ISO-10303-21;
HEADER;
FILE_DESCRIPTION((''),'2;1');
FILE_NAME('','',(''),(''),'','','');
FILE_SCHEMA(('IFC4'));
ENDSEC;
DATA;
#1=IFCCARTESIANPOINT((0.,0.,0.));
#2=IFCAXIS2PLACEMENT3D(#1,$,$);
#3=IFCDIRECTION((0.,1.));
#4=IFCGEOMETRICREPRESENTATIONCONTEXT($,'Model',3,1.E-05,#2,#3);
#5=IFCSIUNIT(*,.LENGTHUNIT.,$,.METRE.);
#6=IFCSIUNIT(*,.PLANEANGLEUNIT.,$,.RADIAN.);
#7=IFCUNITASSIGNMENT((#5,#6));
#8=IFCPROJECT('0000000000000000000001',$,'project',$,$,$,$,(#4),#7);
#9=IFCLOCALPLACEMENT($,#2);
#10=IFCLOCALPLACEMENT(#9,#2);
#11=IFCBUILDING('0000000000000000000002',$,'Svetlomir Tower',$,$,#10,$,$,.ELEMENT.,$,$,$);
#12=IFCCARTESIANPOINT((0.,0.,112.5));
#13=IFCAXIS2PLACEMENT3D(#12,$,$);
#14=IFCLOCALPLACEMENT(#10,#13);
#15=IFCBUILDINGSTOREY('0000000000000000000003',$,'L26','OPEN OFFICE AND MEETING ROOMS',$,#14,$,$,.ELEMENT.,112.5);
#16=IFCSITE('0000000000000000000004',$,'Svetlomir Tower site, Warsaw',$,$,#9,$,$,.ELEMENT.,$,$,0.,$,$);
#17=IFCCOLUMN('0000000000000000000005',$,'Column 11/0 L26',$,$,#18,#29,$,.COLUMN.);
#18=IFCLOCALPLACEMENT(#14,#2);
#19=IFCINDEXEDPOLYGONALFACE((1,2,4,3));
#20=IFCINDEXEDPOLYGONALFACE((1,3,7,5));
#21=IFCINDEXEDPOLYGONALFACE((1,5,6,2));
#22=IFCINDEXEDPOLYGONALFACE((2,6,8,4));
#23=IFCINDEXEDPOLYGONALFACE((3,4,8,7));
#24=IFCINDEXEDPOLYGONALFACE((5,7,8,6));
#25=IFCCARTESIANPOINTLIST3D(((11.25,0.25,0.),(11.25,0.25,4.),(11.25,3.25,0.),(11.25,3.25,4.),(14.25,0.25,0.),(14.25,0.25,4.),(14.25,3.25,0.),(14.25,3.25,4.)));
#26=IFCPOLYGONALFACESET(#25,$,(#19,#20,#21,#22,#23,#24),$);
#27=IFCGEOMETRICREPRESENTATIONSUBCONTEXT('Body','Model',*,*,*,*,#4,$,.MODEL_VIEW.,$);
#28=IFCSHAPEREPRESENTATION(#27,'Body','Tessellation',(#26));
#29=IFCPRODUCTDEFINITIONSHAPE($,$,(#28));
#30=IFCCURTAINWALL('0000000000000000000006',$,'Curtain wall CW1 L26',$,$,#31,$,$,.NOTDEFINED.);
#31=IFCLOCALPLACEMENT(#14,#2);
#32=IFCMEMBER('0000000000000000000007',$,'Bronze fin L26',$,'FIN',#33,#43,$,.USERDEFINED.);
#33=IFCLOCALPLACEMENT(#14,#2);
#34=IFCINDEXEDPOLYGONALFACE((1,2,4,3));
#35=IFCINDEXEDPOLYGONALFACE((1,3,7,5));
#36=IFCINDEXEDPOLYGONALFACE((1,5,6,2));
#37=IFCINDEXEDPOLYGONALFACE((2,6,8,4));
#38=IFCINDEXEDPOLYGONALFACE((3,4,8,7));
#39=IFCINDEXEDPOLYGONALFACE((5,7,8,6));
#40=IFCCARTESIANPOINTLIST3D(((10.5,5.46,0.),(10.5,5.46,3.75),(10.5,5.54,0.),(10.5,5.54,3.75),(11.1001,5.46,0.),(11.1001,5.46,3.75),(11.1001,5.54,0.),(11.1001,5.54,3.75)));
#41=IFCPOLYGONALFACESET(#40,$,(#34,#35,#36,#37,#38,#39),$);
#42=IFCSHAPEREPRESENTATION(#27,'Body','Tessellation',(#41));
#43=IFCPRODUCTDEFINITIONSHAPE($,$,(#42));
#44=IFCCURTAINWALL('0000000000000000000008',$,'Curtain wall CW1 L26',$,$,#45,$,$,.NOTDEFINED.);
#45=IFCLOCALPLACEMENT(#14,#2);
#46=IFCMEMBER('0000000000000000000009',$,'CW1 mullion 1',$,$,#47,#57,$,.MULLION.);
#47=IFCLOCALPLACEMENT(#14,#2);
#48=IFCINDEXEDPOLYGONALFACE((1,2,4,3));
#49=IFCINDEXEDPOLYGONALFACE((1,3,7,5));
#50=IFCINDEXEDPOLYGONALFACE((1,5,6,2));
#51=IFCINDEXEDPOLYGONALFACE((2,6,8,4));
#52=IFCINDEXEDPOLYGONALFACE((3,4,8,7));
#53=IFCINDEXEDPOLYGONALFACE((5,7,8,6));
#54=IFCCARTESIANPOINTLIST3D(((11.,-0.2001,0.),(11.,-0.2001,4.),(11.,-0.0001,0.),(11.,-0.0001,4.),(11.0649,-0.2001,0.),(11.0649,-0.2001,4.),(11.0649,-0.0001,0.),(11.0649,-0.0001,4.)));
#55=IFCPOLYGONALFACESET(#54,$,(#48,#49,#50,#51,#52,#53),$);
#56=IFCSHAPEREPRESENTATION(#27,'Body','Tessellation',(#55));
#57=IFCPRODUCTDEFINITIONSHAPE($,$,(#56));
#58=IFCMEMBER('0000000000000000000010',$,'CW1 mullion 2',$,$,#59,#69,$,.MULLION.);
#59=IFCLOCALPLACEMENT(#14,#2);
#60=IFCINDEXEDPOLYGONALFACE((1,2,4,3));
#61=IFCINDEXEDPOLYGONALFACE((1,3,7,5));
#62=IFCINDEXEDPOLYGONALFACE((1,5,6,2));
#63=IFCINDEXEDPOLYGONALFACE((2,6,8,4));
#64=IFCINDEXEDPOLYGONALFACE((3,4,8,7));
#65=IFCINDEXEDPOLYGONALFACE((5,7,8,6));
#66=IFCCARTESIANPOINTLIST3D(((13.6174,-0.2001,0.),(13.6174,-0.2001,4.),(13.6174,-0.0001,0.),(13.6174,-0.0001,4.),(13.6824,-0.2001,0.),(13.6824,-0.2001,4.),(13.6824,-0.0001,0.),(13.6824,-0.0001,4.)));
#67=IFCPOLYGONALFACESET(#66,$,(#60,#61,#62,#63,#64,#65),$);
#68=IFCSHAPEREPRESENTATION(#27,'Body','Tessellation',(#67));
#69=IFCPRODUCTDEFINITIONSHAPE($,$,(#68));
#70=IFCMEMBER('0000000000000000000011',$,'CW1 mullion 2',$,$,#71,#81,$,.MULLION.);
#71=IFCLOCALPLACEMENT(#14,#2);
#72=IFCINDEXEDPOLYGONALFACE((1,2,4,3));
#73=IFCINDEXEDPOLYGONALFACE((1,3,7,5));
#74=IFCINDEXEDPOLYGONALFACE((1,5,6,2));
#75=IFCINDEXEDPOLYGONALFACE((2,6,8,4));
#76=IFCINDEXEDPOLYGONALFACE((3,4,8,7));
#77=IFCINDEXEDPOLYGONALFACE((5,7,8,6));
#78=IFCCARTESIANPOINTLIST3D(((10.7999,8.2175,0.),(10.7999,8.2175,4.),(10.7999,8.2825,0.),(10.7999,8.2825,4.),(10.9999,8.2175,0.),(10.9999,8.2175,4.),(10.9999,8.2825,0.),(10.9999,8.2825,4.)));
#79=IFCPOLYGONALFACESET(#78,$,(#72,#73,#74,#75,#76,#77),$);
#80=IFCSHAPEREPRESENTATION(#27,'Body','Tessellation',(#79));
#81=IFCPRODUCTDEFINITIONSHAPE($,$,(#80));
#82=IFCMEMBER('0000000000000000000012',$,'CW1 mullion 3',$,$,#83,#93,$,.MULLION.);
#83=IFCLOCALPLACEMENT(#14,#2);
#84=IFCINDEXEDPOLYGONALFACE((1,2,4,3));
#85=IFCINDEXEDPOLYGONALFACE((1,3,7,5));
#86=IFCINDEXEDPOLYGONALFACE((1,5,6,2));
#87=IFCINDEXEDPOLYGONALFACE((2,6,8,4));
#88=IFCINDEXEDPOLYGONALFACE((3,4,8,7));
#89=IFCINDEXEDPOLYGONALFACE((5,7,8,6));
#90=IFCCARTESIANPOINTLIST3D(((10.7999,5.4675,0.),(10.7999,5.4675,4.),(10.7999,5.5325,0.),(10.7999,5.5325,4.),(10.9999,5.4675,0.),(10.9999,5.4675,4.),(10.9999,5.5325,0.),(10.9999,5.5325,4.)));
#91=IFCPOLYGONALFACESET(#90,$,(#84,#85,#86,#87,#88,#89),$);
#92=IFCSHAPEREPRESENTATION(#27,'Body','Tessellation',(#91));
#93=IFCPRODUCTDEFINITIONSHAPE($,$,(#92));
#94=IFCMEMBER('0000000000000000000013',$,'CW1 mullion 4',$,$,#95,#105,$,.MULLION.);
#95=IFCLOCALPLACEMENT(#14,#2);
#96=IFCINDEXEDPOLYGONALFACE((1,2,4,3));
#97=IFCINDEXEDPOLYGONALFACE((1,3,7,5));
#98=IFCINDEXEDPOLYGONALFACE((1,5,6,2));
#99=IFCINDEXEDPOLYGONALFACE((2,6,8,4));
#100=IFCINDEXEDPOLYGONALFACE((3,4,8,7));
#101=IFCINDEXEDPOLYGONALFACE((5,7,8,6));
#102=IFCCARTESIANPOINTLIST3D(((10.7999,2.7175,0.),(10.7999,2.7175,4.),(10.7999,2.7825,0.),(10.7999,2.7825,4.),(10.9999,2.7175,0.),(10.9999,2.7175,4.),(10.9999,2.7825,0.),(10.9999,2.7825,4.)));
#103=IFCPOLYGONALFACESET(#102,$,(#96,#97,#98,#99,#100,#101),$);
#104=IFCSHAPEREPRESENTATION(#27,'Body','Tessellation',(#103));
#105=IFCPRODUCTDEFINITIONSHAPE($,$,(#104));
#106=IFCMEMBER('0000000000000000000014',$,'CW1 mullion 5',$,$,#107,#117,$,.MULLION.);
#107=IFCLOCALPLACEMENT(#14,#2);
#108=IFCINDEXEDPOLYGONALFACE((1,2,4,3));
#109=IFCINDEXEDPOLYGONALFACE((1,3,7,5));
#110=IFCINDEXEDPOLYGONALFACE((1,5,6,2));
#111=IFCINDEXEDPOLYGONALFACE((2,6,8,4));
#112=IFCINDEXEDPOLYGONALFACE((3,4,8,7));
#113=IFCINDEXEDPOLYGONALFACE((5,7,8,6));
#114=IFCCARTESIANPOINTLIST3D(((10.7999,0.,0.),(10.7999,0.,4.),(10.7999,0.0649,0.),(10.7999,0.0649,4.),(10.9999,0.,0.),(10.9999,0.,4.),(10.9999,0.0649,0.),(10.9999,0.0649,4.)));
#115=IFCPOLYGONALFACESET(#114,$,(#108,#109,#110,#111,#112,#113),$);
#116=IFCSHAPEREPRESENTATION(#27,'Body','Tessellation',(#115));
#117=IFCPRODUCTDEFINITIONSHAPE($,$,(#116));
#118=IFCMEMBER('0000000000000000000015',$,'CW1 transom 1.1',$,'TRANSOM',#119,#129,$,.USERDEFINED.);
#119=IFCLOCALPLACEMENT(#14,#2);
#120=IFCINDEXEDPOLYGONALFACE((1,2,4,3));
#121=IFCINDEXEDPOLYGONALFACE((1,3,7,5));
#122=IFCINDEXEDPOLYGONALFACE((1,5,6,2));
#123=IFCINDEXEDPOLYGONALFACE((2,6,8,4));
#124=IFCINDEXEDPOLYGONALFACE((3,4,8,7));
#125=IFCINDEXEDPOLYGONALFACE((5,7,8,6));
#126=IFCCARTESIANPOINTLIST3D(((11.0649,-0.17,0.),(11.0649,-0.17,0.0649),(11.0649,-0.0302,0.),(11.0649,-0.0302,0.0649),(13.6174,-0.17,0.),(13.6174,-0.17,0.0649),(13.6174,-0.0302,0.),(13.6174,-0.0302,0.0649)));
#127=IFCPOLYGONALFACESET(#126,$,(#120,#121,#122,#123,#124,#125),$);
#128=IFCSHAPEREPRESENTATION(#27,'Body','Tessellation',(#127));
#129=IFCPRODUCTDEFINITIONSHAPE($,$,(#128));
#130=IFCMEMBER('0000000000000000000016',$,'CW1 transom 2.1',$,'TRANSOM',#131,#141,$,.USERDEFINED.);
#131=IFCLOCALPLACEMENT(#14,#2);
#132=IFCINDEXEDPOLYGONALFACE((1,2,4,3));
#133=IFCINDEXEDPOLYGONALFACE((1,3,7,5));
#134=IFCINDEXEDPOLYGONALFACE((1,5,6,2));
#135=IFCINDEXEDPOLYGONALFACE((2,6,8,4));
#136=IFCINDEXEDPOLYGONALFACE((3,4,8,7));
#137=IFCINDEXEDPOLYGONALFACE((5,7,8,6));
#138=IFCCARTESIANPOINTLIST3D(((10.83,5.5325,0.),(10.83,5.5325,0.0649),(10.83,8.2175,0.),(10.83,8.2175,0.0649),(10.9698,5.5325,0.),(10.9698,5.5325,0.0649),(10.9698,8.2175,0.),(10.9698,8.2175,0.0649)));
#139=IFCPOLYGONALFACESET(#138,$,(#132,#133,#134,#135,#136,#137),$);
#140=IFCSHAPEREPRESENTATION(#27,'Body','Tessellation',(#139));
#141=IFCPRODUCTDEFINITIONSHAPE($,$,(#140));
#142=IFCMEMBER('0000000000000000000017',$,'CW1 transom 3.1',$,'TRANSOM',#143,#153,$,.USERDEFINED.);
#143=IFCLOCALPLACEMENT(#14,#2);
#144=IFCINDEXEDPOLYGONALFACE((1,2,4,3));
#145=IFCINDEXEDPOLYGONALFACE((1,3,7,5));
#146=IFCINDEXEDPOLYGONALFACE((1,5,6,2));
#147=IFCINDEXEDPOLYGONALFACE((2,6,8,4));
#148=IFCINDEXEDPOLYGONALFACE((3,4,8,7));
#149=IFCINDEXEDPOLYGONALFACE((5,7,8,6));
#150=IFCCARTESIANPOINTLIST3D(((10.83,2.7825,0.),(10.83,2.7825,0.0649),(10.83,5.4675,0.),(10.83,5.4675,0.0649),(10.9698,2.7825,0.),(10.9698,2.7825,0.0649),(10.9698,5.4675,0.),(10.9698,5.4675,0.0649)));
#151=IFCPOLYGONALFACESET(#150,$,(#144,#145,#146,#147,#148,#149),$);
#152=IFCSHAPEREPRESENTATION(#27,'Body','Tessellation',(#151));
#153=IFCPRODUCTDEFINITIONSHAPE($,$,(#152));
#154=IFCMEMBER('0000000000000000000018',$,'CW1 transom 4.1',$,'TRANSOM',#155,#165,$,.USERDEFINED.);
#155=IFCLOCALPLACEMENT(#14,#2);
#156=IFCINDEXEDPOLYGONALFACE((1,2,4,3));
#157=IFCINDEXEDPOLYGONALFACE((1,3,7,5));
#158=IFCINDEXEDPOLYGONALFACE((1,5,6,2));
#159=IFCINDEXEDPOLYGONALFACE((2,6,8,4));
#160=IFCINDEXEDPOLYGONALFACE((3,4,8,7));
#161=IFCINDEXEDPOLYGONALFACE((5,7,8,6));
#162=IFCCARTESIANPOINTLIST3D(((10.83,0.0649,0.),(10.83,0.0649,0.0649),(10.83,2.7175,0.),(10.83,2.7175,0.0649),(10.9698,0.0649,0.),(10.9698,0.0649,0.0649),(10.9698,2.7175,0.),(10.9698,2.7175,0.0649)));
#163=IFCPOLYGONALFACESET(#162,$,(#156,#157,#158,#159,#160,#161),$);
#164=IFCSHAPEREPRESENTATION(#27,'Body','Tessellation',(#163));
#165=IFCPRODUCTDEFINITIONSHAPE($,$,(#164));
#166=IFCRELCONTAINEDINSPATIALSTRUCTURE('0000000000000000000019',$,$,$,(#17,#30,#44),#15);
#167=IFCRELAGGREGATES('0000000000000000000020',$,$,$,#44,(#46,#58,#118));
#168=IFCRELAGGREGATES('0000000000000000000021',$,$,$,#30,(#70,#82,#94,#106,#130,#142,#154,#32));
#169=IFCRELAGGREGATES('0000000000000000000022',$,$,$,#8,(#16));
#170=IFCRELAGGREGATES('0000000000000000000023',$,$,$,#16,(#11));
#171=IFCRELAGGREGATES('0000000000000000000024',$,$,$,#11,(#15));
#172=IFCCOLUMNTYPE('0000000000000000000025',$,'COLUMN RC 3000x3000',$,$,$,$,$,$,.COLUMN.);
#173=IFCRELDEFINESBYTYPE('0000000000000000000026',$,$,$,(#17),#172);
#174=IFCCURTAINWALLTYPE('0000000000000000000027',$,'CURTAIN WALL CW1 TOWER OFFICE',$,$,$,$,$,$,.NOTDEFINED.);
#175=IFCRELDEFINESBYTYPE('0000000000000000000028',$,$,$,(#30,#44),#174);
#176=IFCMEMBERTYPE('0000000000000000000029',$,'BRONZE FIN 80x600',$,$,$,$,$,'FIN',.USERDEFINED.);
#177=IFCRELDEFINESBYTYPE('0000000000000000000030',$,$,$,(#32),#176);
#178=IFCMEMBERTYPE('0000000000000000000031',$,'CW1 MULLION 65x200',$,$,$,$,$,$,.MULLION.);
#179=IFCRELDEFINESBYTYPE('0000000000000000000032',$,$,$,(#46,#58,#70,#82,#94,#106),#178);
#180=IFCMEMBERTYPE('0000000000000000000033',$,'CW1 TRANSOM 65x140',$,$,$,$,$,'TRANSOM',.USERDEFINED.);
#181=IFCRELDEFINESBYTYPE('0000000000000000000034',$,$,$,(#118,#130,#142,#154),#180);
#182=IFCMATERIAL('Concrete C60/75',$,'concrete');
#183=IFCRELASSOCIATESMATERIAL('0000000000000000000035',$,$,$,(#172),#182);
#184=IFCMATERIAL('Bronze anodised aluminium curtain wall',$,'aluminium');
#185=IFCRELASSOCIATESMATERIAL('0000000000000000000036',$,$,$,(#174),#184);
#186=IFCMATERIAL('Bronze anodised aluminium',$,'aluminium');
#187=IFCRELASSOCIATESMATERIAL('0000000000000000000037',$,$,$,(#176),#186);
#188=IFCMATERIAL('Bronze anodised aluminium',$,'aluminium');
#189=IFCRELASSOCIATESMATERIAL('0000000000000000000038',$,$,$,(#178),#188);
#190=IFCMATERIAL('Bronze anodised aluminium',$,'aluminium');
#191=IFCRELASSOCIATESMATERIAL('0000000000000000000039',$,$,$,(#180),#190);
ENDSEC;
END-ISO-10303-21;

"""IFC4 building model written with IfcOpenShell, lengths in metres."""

from ifc_helpers import new_model, si_unit, direction, frame, origin, origin_2d, place, context, subcontext, project, spatial, rectangle, extrude, material, material_profile, profile_set, type_object, element, aggregate, save


model = new_model("IFC4")

# Units and contexts
model_context = context("Model", 3, precision=1e-05, world=origin(), true_north=direction((0.0, 1.0)))
body_context = subcontext(model_context, "Body", "Model", "MODEL_VIEW")
ifc_project = project(units=[si_unit("LENGTHUNIT", "METRE"), si_unit("PLANEANGLEUNIT", "RADIAN")], contexts=[model_context])

# Site, building, storey
site_placement = place(None, origin())
site = spatial("IfcSite", under=ifc_project, at=site_placement, Name="Svetlomir Tower site, Warsaw", CompositionType="ELEMENT", RefElevation=0.0)
building_placement = place(site_placement, origin())
building = spatial("IfcBuilding", under=site, at=building_placement, Name="Svetlomir Tower", CompositionType="ELEMENT")
storey_placement = place(building_placement, frame((0.0, 0.0, 112.5)))
storey = spatial("IfcBuildingStorey", under=building, at=storey_placement, Name="L26", Description="OPEN OFFICE AND MEETING ROOMS", CompositionType="ELEMENT", Elevation=112.5)

# Column
ifc_material_1 = material(Name="Concrete C60/75", Category="concrete")
ifc_material_profile_1 = material_profile(ifc_material_1, rectangle(XDim=3.0, YDim=3.0, at=origin_2d()), Name="RC 3000x3000")
ifc_profile_set_1 = profile_set([ifc_material_profile_1], Name="Concrete C60/75")
column_type = type_object("IfcColumnType", Name="COLUMN RC 3000x3000", PredefinedType="COLUMN", material=ifc_profile_set_1)
column_placement = place(storey_placement, frame((12.75, 1.75, 0.0), z_axis=(0.0, 0.0, 1.0), x_axis=(1.0, 0.0, 0.0)))
element("IfcColumn", 1, at=column_placement, inside=storey, type_object=column_type, Name="Column 11/0 L26", PredefinedType="COLUMN", context=body_context, shape_type="SweptSolid", body=[
    extrude(rectangle(XDim=3.0, YDim=3.0, at=origin_2d()), origin(), (0.0, 0.0, 1.0), 4.0),
])

# Curtain wall, member
ifc_material_2 = material(Name="Bronze anodised aluminium curtain wall", Category="aluminium")
curtain_wall_type = type_object("IfcCurtainWallType", Name="CURTAIN WALL CW1 TOWER OFFICE", PredefinedType="NOTDEFINED", material=ifc_material_2)
curtain_wall_1_placement = place(storey_placement, origin())
curtain_wall_1 = element("IfcCurtainWall", 2, at=curtain_wall_1_placement, inside=storey, type_object=curtain_wall_type, Name="Curtain wall CW1 L26", PredefinedType="NOTDEFINED")
ifc_material_3 = material(Name="Bronze anodised aluminium", Category="aluminium")
ifc_material_profile_2 = material_profile(ifc_material_3, rectangle(XDim=0.0801, YDim=0.6001, at=origin_2d()), Name="FIN 80x600")
ifc_profile_set_2 = profile_set([ifc_material_profile_2], Name="Bronze anodised aluminium 6063-T6")
member_type_1 = type_object("IfcMemberType", Name="BRONZE FIN 80x600", ElementType="FIN", PredefinedType="USERDEFINED", material=ifc_profile_set_2)
member_1_placement = place(storey_placement, frame((10.8, 5.5, 0.0), z_axis=(0.0, 0.0, 1.0), x_axis=(0.0, 1.0, 0.0)))
member_1 = element("IfcMember", 3, at=member_1_placement, type_object=member_type_1, Name="Bronze fin L26", ObjectType="FIN", PredefinedType="USERDEFINED", context=body_context, shape_type="SweptSolid", body=[
    extrude(rectangle(XDim=0.0801, YDim=0.6001, at=origin_2d()), origin(), (0.0, 0.0, 1.0), 3.75),
])

# Curtain wall, members
curtain_wall_2_placement = place(storey_placement, origin())
curtain_wall_2 = element("IfcCurtainWall", 4, at=curtain_wall_2_placement, inside=storey, type_object=curtain_wall_type, Name="Curtain wall CW1 L26", PredefinedType="NOTDEFINED")
ifc_material_4 = material(Name="Bronze anodised aluminium", Category="aluminium")
ifc_material_profile_3 = material_profile(ifc_material_4, rectangle(XDim=0.0649, YDim=0.2, at=origin_2d()), Name="AL 65x200")
ifc_profile_set_3 = profile_set([ifc_material_profile_3], Name="Bronze anodised aluminium 6063-T6")
member_type_2 = type_object("IfcMemberType", Name="CW1 MULLION 65x200", PredefinedType="MULLION", material=ifc_profile_set_3)
member_2_placement = place(storey_placement, frame((11.0325, -0.1001, 0.0), z_axis=(0.0, 0.0, 1.0), x_axis=(1.0, 0.0, 0.0)))
member_2 = element("IfcMember", 5, at=member_2_placement, type_object=member_type_2, Name="CW1 mullion 1", PredefinedType="MULLION", context=body_context, shape_type="SweptSolid", body=[
    extrude(rectangle(XDim=0.0649, YDim=0.2, at=origin_2d()), origin(), (0.0, 0.0, 1.0), 4.0),
])
member_3_placement = place(storey_placement, frame((13.6499, -0.1001, 0.0), z_axis=(0.0, 0.0, 1.0), x_axis=(1.0, 0.0, 0.0)))
member_3 = element("IfcMember", 6, at=member_3_placement, type_object=member_type_2, Name="CW1 mullion 2", PredefinedType="MULLION", context=body_context, shape_type="SweptSolid", body=[
    extrude(rectangle(XDim=0.0649, YDim=0.2, at=origin_2d()), origin(), (0.0, 0.0, 1.0), 4.0),
])

# Members
member_4_placement = place(storey_placement, frame((10.8999, 8.25, 0.0), z_axis=(0.0, 0.0, 1.0), x_axis=(0.0, -1.0, 0.0)))
member_4 = element("IfcMember", 7, at=member_4_placement, type_object=member_type_2, Name="CW1 mullion 2", PredefinedType="MULLION", context=body_context, shape_type="SweptSolid", body=[
    extrude(rectangle(XDim=0.0649, YDim=0.2, at=origin_2d()), origin(), (0.0, 0.0, 1.0), 4.0),
])
member_5_placement = place(storey_placement, frame((10.8999, 5.5, 0.0), z_axis=(0.0, 0.0, 1.0), x_axis=(0.0, -1.0, 0.0)))
member_5 = element("IfcMember", 8, at=member_5_placement, type_object=member_type_2, Name="CW1 mullion 3", PredefinedType="MULLION", context=body_context, shape_type="SweptSolid", body=[
    extrude(rectangle(XDim=0.0649, YDim=0.2, at=origin_2d()), origin(), (0.0, 0.0, 1.0), 4.0),
])
member_6_placement = place(storey_placement, frame((10.8999, 2.75, 0.0), z_axis=(0.0, 0.0, 1.0), x_axis=(0.0, -1.0, 0.0)))
member_6 = element("IfcMember", 9, at=member_6_placement, type_object=member_type_2, Name="CW1 mullion 4", PredefinedType="MULLION", context=body_context, shape_type="SweptSolid", body=[
    extrude(rectangle(XDim=0.0649, YDim=0.2, at=origin_2d()), origin(), (0.0, 0.0, 1.0), 4.0),
])
member_7_placement = place(storey_placement, frame((10.8999, 0.0325, 0.0), z_axis=(0.0, 0.0, 1.0), x_axis=(0.0, -1.0, 0.0)))
member_7 = element("IfcMember", 10, at=member_7_placement, type_object=member_type_2, Name="CW1 mullion 5", PredefinedType="MULLION", context=body_context, shape_type="SweptSolid", body=[
    extrude(rectangle(XDim=0.0649, YDim=0.2, at=origin_2d()), origin(), (0.0, 0.0, 1.0), 4.0),
])
ifc_material_5 = material(Name="Bronze anodised aluminium", Category="aluminium")
ifc_material_profile_4 = material_profile(ifc_material_5, rectangle(XDim=0.1399, YDim=0.0649, at=origin_2d()), Name="AL 140x65")
ifc_profile_set_4 = profile_set([ifc_material_profile_4], Name="Bronze anodised aluminium 6063-T6")
member_type_3 = type_object("IfcMemberType", Name="CW1 TRANSOM 65x140", ElementType="TRANSOM", PredefinedType="USERDEFINED", material=ifc_profile_set_4)
member_8_placement = place(storey_placement, frame((11.0649, -0.1001, 0.0325), z_axis=(1.0, 0.0, 0.0), x_axis=(0.0, 1.0, 0.0)))
member_8 = element("IfcMember", 11, at=member_8_placement, type_object=member_type_3, Name="CW1 transom 1.1", ObjectType="TRANSOM", PredefinedType="USERDEFINED", context=body_context, shape_type="SweptSolid", body=[
    extrude(rectangle(XDim=0.1399, YDim=0.0649, at=origin_2d()), origin(), (0.0, 0.0, 1.0), 2.5525),
])
member_9_placement = place(storey_placement, frame((10.8999, 8.2175, 0.0325), z_axis=(0.0, -1.0, 0.0), x_axis=(1.0, 0.0, 0.0)))
member_9 = element("IfcMember", 12, at=member_9_placement, type_object=member_type_3, Name="CW1 transom 2.1", ObjectType="TRANSOM", PredefinedType="USERDEFINED", context=body_context, shape_type="SweptSolid", body=[
    extrude(rectangle(XDim=0.1399, YDim=0.0649, at=origin_2d()), origin(), (0.0, 0.0, 1.0), 2.6851),
])
member_10_placement = place(storey_placement, frame((10.8999, 5.4675, 0.0325), z_axis=(0.0, -1.0, 0.0), x_axis=(1.0, 0.0, 0.0)))
member_10 = element("IfcMember", 13, at=member_10_placement, type_object=member_type_3, Name="CW1 transom 3.1", ObjectType="TRANSOM", PredefinedType="USERDEFINED", context=body_context, shape_type="SweptSolid", body=[
    extrude(rectangle(XDim=0.1399, YDim=0.0649, at=origin_2d()), origin(), (0.0, 0.0, 1.0), 2.6851),
])
member_11_placement = place(storey_placement, frame((10.8999, 2.7175, 0.0325), z_axis=(0.0, -1.0, 0.0), x_axis=(1.0, 0.0, 0.0)))
member_11 = element("IfcMember", 14, at=member_11_placement, type_object=member_type_3, Name="CW1 transom 4.1", ObjectType="TRANSOM", PredefinedType="USERDEFINED", context=body_context, shape_type="SweptSolid", body=[
    extrude(rectangle(XDim=0.1399, YDim=0.0649, at=origin_2d()), origin(), (0.0, 0.0, 1.0), 2.6526),
])

aggregate(curtain_wall_2, [member_2, member_3, member_8])
aggregate(curtain_wall_1, [member_4, member_5, member_6, member_7, member_9, member_10, member_11, member_1])

save(model, "model.ifc")
